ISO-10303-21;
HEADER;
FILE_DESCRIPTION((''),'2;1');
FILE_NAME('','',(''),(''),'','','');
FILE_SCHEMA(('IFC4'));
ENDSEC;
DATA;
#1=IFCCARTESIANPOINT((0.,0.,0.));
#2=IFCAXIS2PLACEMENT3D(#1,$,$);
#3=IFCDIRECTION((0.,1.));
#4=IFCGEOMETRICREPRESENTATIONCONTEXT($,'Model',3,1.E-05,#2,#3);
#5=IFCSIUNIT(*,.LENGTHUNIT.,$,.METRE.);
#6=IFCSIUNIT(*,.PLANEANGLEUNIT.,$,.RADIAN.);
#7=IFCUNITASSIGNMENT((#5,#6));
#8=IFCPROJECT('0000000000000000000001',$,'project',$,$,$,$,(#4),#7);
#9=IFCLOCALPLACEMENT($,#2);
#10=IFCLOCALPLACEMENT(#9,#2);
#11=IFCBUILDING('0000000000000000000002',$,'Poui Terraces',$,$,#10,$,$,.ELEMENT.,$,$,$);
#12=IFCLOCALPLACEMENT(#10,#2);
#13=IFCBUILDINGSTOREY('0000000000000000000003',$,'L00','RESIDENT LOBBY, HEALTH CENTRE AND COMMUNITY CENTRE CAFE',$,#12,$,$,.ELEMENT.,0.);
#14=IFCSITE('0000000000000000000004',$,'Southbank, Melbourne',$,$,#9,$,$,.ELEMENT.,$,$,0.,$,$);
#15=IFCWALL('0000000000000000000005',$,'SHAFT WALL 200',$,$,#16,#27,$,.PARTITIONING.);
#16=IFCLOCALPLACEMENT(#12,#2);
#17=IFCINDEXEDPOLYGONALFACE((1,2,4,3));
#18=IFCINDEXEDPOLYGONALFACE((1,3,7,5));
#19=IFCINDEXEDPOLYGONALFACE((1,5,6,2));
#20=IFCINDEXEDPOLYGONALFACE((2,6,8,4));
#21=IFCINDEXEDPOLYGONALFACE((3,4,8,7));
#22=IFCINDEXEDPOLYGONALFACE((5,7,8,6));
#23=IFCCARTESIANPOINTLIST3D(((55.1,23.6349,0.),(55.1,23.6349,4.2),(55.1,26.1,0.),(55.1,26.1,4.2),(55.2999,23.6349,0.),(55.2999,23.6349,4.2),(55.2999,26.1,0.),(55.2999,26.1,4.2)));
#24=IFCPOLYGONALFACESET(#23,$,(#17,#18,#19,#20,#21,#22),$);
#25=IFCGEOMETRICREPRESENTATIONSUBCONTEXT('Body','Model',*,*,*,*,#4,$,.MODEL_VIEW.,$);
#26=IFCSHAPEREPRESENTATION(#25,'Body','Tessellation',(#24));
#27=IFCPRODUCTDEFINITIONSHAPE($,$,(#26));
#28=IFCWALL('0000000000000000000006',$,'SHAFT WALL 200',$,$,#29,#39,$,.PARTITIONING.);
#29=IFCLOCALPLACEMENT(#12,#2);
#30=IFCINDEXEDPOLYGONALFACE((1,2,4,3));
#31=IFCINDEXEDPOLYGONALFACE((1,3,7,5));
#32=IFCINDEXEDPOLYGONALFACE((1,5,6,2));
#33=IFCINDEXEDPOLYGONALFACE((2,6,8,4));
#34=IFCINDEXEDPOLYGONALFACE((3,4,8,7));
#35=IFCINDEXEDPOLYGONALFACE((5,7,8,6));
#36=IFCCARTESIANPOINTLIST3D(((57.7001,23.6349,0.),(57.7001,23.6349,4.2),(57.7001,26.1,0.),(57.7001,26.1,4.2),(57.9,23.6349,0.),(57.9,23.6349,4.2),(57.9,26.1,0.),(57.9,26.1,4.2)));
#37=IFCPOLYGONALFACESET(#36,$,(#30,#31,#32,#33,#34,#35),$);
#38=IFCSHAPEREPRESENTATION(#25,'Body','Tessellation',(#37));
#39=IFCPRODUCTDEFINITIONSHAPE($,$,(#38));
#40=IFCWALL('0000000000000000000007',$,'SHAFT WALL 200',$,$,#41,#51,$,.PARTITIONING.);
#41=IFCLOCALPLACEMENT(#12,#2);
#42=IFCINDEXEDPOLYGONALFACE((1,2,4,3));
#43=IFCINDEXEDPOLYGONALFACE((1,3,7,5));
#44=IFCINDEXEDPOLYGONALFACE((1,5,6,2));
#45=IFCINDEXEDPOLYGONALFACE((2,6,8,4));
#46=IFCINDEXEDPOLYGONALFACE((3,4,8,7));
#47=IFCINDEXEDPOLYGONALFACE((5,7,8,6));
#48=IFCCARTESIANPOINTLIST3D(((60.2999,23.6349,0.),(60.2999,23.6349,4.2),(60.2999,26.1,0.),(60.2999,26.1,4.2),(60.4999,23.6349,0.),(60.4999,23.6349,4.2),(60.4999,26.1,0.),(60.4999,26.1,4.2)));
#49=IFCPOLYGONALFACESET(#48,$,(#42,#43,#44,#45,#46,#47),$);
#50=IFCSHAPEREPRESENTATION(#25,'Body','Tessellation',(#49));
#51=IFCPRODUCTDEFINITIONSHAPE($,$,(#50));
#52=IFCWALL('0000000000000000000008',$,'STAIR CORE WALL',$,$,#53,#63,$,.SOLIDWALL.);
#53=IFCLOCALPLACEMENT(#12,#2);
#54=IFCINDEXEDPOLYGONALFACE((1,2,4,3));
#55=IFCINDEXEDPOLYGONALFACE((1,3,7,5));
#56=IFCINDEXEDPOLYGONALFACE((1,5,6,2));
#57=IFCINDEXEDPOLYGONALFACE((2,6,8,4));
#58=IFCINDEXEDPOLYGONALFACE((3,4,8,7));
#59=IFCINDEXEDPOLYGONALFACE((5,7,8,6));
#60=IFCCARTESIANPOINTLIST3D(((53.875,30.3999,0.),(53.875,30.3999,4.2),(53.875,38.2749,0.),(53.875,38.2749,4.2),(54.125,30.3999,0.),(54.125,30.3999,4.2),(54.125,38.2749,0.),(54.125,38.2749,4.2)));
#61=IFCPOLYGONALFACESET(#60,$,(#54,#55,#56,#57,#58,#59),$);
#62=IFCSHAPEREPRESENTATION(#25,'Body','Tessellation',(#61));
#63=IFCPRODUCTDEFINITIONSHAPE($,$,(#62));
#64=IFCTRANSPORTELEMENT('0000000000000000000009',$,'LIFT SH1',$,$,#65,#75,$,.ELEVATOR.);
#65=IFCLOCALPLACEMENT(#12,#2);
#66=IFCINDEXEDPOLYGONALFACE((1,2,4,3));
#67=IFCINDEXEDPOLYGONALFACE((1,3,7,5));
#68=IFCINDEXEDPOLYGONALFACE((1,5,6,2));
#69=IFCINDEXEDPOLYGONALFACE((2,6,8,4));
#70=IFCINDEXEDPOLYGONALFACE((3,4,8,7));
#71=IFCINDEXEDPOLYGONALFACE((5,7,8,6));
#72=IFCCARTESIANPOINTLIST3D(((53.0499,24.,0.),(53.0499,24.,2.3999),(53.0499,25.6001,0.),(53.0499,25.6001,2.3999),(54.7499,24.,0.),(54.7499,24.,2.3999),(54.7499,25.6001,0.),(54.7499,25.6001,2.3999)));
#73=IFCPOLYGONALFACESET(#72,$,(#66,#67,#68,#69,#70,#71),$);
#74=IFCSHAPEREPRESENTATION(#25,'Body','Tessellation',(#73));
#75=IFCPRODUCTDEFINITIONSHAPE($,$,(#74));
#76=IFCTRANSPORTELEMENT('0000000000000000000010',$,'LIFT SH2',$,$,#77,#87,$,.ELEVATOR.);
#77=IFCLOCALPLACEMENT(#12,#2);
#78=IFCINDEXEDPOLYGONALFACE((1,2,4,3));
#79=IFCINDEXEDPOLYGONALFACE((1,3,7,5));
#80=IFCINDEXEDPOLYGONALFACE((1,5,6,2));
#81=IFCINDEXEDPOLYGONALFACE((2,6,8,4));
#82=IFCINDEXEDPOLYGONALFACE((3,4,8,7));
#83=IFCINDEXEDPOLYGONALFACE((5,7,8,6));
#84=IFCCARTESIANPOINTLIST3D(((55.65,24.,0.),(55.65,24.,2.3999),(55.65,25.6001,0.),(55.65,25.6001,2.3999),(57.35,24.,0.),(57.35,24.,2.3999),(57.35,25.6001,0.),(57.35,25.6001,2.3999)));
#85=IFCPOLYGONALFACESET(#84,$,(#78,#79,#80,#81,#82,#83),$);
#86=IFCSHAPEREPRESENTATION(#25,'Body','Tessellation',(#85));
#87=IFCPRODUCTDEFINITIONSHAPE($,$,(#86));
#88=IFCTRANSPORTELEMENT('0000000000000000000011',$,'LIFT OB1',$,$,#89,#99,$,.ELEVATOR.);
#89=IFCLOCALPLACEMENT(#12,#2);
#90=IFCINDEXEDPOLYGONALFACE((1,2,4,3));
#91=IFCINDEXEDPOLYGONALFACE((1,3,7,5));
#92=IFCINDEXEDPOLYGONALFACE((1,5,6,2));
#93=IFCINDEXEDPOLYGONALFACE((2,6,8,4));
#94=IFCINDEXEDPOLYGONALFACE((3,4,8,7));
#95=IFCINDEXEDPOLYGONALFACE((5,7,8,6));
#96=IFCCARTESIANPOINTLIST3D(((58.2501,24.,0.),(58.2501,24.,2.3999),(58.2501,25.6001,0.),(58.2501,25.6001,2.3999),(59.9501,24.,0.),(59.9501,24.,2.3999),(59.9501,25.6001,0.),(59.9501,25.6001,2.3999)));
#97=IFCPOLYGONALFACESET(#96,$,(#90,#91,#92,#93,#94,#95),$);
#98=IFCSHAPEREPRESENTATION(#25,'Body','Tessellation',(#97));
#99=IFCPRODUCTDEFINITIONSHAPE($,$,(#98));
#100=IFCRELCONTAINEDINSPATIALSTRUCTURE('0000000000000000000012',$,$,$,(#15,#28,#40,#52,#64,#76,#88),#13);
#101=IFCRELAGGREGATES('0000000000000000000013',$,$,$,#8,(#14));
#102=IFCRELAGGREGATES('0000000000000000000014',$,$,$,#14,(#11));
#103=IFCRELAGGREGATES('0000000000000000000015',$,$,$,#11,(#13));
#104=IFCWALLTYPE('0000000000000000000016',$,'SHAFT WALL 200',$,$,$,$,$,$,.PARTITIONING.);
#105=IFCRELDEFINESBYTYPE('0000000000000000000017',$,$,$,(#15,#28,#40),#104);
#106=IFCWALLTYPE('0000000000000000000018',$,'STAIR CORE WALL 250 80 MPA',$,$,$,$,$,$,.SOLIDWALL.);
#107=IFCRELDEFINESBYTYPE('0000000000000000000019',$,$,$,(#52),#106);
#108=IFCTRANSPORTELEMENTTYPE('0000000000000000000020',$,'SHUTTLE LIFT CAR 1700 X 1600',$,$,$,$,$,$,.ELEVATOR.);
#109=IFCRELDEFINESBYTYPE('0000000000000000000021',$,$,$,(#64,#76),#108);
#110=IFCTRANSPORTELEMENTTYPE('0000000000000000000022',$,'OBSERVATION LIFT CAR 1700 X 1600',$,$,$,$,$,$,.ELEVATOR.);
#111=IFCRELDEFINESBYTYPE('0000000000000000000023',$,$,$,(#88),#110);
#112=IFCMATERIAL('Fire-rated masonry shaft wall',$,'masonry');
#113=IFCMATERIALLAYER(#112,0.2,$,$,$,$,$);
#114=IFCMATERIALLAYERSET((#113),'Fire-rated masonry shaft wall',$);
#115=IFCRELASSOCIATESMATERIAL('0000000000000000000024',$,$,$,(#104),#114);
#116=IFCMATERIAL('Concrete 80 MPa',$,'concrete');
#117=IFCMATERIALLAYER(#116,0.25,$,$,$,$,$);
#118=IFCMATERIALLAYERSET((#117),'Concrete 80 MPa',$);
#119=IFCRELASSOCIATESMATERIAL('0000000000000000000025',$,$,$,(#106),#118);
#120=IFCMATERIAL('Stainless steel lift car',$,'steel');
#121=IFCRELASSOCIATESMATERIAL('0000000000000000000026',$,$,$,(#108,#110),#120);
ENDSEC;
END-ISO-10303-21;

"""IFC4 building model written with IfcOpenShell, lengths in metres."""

from ifc_helpers import new_model, si_unit, direction, frame, frame_2d, origin, origin_2d, place, context, subcontext, project, spatial, rectangle, extrude, source, transform, mapped, material, layer, layer_set, type_object, element, save


model = new_model("IFC4")

# Units and contexts
model_context = context("Model", 3, precision=1e-05, world=origin(), true_north=direction((0.0, 1.0)))
body_context = subcontext(model_context, "Body", "Model", "MODEL_VIEW")
ifc_project = project(units=[si_unit("LENGTHUNIT", "METRE"), si_unit("PLANEANGLEUNIT", "RADIAN")], contexts=[model_context])

# Site, building, storey
site_placement = place(None, origin())
site = spatial("IfcSite", under=ifc_project, at=site_placement, Name="Southbank, Melbourne", CompositionType="ELEMENT", RefElevation=0.0)
building_placement = place(site_placement, origin())
building = spatial("IfcBuilding", under=site, at=building_placement, Name="Poui Terraces", CompositionType="ELEMENT")
storey_placement = place(building_placement, origin())
storey = spatial("IfcBuildingStorey", under=building, at=storey_placement, Name="L00", Description="RESIDENT LOBBY, HEALTH CENTRE AND COMMUNITY CENTRE CAFE", CompositionType="ELEMENT", Elevation=0.0)

# Walls
ifc_material_1 = material(Name="Fire-rated masonry shaft wall", Category="masonry")
ifc_layer_1 = layer(ifc_material_1, 0.2)
ifc_layer_set_1 = layer_set([ifc_layer_1], Name="Fire-rated masonry shaft wall")
wall_type_1 = type_object("IfcWallType", Name="SHAFT WALL 200", PredefinedType="PARTITIONING", material=ifc_layer_set_1)
for number, where, z_axis, x_axis, name in (
    (1, (55.2, 23.635, 0.0), (0.0, 0.0, 1.0), (0.0, 1.0, 0.0), "SHAFT WALL 200"),
    (2, (57.8, 23.635, 0.0), (0.0, 0.0, 1.0), (0.0, 1.0, 0.0), "SHAFT WALL 200"),
    (3, (60.3999, 23.635, 0.0), (0.0, 0.0, 1.0), (0.0, 1.0, 0.0), "SHAFT WALL 200"),
):
    element("IfcWall", number, at=place(storey_placement, frame(where, z_axis=z_axis, x_axis=x_axis)), inside=storey, type_object=wall_type_1, Name=name, PredefinedType="PARTITIONING", context=body_context, shape_type="SweptSolid", body=[
        extrude(rectangle(XDim=2.4651, YDim=0.2, at=frame_2d((1.2324, 0.0))), origin(), (0.0, 0.0, 1.0), 4.2),
    ])
ifc_material_2 = material(Name="Concrete 80 MPa", Category="concrete")
ifc_layer_2 = layer(ifc_material_2, 0.25)
ifc_layer_set_2 = layer_set([ifc_layer_2], Name="Concrete 80 MPa")
wall_type_2 = type_object("IfcWallType", Name="STAIR CORE WALL 250 80 MPA", PredefinedType="SOLIDWALL", material=ifc_layer_set_2)
wall_1_placement = place(storey_placement, frame((54.0, 30.3999, 0.0), z_axis=(0.0, 0.0, 1.0), x_axis=(0.0, 1.0, 0.0)))
element("IfcWall", 4, at=wall_1_placement, inside=storey, type_object=wall_type_2, Name="STAIR CORE WALL", PredefinedType="SOLIDWALL", context=body_context, shape_type="SweptSolid", body=[
    extrude(rectangle(XDim=7.875, YDim=0.25, at=frame_2d((3.9375, 0.0))), origin(), (0.0, 0.0, 1.0), 4.2),
])

# Transport elements
ifc_material_3 = material(Name="Stainless steel lift car", Category="steel")
transport_element_type_1 = type_object("IfcTransportElementType", Name="SHUTTLE LIFT CAR 1700 X 1600", PredefinedType="ELEVATOR", material=ifc_material_3)
shared_shape = source(origin(), body_context, "Body", "SweptSolid", [
    extrude(rectangle(XDim=1.7, YDim=1.6001, at=origin_2d()), origin(), (0.0, 0.0, 1.0), 2.3999),
])
for number, where, z_axis, x_axis, name in (
    (5, (53.8999, 24.8, 0.0), (0.0, 0.0, 1.0), (1.0, 0.0, 0.0), "LIFT SH1"),
    (6, (56.5, 24.8, 0.0), (0.0, 0.0, 1.0), (1.0, 0.0, 0.0), "LIFT SH2"),
):
    element("IfcTransportElement", number, at=place(storey_placement, frame(where, z_axis=z_axis, x_axis=x_axis)), inside=storey, type_object=transport_element_type_1, Name=name, PredefinedType="ELEVATOR", context=body_context, shape_type="MappedRepresentation", body=[
        mapped(shared_shape, transform((0.0, 0.0, 0.0))),
    ])
transport_element_type_2 = type_object("IfcTransportElementType", Name="OBSERVATION LIFT CAR 1700 X 1600", PredefinedType="ELEVATOR", material=ifc_material_3)
transport_element_placement = place(storey_placement, frame((59.1001, 24.8, 0.0), z_axis=(0.0, 0.0, 1.0), x_axis=(1.0, 0.0, 0.0)))
element("IfcTransportElement", 7, at=transport_element_placement, inside=storey, type_object=transport_element_type_2, Name="LIFT OB1", PredefinedType="ELEVATOR", context=body_context, shape_type="MappedRepresentation", body=[
    mapped(shared_shape, transform((0.0, 0.0, 0.0))),
])

save(model, "model.ifc")
